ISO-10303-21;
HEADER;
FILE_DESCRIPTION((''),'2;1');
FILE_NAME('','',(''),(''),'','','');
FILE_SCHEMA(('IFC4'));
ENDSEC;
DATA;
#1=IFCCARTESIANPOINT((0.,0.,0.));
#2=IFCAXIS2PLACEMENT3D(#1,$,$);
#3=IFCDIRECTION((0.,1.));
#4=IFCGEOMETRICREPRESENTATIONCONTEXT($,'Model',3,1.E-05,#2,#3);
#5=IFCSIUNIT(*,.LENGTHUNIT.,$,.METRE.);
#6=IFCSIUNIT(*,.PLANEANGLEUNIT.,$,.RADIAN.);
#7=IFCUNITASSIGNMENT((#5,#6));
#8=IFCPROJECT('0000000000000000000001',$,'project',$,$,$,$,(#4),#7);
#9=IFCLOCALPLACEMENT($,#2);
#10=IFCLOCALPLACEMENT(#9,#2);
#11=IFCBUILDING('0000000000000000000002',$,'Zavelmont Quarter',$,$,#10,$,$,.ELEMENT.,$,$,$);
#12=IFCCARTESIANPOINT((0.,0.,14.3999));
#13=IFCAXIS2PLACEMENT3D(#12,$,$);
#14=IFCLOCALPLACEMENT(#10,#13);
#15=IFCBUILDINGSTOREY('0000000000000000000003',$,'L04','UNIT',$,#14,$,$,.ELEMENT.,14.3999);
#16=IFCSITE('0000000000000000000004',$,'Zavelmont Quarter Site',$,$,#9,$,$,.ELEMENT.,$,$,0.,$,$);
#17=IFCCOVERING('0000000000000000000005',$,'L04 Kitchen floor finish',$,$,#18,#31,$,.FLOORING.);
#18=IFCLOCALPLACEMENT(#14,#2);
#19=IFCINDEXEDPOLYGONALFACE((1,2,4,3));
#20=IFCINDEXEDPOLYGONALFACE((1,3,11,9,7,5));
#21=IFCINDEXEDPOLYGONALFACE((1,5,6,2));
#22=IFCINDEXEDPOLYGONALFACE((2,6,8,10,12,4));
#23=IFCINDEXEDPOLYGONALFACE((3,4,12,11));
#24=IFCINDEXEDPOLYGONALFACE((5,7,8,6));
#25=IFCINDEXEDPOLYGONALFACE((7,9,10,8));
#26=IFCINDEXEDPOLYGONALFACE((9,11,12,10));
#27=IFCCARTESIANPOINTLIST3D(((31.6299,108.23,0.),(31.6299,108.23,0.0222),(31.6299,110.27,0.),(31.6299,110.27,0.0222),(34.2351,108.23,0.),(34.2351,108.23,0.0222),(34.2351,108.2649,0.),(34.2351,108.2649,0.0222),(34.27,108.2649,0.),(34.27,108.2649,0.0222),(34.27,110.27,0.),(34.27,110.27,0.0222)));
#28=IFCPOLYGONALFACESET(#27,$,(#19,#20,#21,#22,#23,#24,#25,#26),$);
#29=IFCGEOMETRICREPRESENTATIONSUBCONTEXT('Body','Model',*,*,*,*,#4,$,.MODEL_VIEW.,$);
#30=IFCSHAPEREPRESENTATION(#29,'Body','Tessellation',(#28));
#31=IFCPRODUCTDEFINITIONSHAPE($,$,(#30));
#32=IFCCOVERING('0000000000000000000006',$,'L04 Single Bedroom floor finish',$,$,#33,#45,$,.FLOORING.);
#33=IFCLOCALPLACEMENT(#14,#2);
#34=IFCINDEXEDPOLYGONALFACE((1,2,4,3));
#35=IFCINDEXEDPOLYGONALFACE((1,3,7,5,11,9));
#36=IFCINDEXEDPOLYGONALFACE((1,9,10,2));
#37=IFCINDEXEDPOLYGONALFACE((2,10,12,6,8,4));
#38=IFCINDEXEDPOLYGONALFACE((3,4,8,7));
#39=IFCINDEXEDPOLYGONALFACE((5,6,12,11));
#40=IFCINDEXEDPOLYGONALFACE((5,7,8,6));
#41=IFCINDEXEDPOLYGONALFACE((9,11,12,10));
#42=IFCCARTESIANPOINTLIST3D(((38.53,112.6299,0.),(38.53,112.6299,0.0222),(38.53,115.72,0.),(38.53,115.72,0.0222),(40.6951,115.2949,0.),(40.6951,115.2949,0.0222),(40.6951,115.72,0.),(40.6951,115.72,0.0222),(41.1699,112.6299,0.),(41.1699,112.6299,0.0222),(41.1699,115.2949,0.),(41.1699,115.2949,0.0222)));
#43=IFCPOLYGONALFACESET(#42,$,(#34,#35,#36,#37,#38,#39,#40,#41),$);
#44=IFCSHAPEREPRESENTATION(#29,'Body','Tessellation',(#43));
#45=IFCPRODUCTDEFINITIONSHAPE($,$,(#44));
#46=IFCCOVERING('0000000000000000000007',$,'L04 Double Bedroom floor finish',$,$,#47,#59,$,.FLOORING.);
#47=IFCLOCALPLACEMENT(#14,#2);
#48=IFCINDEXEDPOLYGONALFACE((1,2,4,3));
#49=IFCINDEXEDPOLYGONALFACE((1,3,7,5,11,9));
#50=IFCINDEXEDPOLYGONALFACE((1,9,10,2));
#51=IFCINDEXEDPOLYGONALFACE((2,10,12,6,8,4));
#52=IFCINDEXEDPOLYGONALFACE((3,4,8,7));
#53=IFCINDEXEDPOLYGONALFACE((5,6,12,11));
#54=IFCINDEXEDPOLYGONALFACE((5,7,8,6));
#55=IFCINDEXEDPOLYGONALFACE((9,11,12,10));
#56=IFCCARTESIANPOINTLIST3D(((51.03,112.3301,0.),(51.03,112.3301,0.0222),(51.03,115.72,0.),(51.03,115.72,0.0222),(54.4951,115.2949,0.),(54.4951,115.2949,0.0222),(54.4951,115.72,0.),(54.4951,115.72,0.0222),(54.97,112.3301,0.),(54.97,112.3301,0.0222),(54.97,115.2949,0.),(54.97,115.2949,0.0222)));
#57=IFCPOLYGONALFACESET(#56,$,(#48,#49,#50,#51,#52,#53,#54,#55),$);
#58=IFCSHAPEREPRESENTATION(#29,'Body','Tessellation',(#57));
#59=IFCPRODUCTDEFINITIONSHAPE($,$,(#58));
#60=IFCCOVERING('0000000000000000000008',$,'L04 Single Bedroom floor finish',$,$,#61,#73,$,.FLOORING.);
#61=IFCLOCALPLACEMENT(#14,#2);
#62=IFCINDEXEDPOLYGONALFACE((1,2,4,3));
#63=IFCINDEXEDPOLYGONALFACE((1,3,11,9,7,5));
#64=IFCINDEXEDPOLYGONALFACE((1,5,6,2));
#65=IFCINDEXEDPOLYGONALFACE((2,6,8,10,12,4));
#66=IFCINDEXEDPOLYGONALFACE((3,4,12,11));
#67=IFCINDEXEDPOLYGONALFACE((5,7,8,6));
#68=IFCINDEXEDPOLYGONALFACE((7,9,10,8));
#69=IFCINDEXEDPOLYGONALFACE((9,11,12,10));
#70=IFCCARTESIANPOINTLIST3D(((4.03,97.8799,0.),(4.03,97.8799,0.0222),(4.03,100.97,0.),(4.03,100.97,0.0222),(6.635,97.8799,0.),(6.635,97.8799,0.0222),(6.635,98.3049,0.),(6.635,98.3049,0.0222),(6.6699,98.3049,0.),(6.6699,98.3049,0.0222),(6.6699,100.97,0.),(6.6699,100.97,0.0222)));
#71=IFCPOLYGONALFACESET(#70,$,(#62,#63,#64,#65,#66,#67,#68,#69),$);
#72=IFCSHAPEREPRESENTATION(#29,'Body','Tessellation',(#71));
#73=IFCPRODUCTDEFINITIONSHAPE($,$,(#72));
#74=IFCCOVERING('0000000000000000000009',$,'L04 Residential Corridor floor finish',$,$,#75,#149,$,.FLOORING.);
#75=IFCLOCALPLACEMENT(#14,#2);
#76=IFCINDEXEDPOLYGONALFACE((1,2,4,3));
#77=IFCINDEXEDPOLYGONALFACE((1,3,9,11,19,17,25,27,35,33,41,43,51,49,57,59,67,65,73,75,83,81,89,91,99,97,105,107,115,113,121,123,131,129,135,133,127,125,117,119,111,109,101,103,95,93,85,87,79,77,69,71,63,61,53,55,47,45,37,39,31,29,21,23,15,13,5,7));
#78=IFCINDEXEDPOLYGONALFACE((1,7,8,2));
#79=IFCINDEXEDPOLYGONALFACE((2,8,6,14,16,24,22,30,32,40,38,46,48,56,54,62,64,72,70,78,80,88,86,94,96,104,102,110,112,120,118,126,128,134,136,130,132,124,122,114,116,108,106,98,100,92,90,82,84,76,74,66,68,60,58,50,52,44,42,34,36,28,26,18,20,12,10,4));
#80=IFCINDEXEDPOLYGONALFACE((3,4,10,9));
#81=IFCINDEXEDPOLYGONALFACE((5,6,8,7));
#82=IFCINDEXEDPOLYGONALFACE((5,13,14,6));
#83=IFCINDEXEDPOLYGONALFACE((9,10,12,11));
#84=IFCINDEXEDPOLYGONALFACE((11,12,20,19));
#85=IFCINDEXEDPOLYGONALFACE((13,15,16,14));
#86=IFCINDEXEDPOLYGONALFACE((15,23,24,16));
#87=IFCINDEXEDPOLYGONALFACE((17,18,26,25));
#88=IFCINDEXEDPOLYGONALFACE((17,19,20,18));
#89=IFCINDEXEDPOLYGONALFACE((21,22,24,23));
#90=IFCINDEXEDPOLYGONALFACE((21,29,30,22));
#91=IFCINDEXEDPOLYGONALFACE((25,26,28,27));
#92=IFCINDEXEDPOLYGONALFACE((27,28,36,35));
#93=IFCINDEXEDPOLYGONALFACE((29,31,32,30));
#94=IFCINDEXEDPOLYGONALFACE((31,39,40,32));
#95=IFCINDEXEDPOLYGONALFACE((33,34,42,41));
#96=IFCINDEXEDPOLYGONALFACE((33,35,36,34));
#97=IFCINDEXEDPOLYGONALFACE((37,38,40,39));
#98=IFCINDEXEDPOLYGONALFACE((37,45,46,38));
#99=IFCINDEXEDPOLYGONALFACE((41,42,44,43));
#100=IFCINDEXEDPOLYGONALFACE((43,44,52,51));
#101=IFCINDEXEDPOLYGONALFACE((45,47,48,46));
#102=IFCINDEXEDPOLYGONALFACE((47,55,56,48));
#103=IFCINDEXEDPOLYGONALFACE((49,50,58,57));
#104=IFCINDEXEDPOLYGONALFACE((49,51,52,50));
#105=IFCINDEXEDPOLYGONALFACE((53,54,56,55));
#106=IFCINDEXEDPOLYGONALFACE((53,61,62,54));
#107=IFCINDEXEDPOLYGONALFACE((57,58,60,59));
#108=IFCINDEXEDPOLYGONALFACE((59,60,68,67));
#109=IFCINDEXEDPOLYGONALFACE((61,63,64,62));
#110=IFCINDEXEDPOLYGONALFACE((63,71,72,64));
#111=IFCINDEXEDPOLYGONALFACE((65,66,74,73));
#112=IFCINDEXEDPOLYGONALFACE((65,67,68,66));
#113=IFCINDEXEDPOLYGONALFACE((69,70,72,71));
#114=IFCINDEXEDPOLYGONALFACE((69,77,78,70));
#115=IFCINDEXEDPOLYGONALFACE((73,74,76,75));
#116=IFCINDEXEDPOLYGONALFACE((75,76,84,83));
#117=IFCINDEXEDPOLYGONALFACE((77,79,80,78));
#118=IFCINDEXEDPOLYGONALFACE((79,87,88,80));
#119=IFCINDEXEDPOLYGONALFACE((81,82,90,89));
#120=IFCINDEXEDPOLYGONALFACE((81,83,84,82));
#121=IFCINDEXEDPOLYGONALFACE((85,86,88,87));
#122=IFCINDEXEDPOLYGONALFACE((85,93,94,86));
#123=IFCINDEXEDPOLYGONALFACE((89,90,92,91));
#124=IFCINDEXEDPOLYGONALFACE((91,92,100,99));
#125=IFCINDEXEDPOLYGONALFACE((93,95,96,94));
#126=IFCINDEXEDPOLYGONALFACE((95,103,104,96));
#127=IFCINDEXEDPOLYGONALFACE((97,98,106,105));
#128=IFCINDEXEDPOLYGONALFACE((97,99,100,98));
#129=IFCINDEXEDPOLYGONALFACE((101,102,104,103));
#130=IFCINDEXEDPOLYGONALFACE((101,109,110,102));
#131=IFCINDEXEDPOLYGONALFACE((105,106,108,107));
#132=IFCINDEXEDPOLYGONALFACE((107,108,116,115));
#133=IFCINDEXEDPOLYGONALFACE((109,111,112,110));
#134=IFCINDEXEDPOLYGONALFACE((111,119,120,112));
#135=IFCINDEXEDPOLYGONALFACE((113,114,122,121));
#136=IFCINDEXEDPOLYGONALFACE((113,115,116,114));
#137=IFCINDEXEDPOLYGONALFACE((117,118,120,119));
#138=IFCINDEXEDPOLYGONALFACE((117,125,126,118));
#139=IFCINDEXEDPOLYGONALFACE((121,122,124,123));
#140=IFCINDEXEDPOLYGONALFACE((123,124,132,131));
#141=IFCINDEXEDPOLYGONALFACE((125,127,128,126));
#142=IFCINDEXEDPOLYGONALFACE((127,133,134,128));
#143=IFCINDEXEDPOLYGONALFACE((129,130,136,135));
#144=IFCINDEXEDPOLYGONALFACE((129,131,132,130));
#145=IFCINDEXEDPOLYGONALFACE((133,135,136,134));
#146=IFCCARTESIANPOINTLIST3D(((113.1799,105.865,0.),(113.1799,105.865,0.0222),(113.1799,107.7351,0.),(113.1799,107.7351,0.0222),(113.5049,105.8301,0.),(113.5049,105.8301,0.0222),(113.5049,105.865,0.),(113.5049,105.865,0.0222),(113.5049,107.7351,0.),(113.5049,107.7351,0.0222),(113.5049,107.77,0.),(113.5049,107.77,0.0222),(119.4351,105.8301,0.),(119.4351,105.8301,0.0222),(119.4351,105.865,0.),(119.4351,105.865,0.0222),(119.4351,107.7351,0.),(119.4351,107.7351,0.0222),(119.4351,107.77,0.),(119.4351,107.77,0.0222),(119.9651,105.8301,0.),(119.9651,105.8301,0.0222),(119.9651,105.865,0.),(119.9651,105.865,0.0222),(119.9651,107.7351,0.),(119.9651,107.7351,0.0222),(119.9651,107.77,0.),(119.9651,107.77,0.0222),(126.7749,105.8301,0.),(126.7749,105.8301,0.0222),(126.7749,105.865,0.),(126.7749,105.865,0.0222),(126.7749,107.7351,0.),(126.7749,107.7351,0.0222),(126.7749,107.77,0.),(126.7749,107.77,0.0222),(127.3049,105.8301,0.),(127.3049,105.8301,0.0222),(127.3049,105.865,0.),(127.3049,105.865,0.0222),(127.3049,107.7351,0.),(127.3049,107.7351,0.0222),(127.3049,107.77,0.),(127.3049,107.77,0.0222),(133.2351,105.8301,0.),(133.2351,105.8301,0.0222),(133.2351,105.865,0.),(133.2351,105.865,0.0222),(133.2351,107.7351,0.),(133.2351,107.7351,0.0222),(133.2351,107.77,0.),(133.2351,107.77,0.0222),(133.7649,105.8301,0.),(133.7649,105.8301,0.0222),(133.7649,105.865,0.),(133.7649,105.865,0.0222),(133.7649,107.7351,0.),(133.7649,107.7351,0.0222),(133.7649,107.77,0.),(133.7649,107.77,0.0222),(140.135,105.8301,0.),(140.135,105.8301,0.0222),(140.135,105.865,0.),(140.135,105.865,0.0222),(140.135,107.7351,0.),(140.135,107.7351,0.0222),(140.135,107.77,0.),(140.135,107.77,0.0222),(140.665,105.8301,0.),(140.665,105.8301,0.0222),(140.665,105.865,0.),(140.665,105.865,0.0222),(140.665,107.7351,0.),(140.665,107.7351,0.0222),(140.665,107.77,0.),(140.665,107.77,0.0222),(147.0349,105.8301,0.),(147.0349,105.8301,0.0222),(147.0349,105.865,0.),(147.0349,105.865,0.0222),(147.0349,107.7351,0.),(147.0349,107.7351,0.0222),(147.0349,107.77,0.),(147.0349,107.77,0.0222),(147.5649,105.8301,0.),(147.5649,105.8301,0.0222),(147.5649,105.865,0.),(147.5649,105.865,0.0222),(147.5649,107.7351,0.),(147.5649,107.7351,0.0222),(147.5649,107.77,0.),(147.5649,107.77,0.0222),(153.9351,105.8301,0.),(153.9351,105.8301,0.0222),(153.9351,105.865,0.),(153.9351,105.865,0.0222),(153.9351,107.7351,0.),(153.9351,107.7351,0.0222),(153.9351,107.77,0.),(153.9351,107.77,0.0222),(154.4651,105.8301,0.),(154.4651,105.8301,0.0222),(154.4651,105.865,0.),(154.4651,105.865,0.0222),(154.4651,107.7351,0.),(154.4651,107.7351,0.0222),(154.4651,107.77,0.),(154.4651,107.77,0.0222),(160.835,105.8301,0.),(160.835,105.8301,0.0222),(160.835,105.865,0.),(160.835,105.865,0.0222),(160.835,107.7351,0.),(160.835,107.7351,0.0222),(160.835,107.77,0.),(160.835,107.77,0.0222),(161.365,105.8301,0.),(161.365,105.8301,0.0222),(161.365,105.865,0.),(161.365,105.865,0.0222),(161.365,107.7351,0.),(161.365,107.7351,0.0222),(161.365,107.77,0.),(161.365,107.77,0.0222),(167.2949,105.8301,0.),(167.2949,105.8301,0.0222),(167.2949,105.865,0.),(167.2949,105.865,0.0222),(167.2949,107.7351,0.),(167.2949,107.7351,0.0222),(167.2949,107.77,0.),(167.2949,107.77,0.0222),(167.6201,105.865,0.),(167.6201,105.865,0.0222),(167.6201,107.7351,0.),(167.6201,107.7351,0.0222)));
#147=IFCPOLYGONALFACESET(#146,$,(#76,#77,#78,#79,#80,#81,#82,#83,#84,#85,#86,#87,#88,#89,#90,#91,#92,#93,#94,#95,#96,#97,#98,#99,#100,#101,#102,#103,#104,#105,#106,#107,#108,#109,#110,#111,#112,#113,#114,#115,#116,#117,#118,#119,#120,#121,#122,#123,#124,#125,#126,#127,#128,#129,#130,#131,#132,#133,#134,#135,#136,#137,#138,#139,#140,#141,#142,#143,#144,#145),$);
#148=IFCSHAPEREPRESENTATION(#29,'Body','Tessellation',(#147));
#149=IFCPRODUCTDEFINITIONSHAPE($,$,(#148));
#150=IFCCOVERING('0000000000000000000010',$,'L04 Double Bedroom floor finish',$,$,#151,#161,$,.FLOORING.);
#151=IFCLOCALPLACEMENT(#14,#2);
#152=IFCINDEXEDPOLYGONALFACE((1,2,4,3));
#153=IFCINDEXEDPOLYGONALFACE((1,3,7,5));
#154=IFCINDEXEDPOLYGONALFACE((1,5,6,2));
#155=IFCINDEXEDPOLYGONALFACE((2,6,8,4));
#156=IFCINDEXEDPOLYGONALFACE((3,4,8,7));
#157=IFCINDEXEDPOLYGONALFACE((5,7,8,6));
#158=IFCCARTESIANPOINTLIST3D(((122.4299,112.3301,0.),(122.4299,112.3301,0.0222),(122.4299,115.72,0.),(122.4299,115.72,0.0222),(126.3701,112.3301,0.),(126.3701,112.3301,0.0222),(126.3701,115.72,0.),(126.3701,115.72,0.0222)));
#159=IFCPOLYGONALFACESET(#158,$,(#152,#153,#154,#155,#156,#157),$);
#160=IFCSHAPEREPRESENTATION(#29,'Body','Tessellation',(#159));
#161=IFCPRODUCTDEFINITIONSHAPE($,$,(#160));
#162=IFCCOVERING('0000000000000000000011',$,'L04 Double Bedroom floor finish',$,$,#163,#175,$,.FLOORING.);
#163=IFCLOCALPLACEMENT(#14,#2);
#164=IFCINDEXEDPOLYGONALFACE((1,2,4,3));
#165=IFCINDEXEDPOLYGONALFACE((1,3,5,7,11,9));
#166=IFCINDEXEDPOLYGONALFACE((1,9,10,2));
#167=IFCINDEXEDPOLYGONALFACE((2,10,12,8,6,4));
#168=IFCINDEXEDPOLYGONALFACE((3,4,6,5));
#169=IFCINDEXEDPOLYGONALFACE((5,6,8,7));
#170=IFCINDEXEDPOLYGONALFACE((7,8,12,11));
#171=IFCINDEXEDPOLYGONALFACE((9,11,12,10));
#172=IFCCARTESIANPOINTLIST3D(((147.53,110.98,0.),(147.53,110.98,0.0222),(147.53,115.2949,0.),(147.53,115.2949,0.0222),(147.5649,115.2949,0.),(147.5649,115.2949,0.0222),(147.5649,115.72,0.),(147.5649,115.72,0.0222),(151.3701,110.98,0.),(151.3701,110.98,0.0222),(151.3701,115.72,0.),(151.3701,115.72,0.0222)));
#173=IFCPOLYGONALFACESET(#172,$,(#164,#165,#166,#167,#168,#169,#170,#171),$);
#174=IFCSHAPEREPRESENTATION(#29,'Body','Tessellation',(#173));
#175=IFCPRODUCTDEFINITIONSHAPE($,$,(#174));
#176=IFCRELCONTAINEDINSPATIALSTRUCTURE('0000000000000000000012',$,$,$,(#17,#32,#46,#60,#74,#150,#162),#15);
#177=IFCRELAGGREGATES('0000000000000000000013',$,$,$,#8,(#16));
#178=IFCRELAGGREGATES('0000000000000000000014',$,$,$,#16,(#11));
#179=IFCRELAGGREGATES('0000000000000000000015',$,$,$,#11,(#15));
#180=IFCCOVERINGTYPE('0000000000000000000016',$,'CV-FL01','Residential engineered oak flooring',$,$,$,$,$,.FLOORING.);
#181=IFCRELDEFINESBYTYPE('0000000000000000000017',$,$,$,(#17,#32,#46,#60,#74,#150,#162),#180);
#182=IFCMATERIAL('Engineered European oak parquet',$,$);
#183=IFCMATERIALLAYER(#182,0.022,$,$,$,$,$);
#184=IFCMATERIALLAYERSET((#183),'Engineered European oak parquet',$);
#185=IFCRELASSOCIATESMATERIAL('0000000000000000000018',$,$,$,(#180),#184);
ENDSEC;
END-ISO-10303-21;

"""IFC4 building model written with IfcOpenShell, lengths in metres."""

from ifc_helpers import new_model, si_unit, direction, frame, origin, place, context, subcontext, project, spatial, polyline, outline, extrude, material, layer, layer_set, type_object, element, save


model = new_model("IFC4")

# Units and contexts
model_context = context("Model", 3, precision=1e-05, world=origin(), true_north=direction((0.0, 1.0)))
body_context = subcontext(model_context, "Body", "Model", "MODEL_VIEW")
ifc_project = project(units=[si_unit("LENGTHUNIT", "METRE"), si_unit("PLANEANGLEUNIT", "RADIAN")], contexts=[model_context])

# Site, building, storey
site_placement = place(None, origin())
site = spatial("IfcSite", under=ifc_project, at=site_placement, Name="Zavelmont Quarter Site", CompositionType="ELEMENT", RefElevation=0.0)
building_placement = place(site_placement, origin())
building = spatial("IfcBuilding", under=site, at=building_placement, Name="Zavelmont Quarter", CompositionType="ELEMENT")
storey_placement = place(building_placement, frame((0.0, 0.0, 14.3999)))
storey = spatial("IfcBuildingStorey", under=building, at=storey_placement, Name="L04", Description="UNIT", CompositionType="ELEMENT", Elevation=14.3999)

# Coverings
ifc_material_1 = material(Name="Engineered European oak parquet")
ifc_layer_1 = layer(ifc_material_1, 0.022)
ifc_layer_set_1 = layer_set([ifc_layer_1], Name="Engineered European oak parquet")
covering_type_1 = type_object("IfcCoveringType", Name="CV-FL01", Description="Residential engineered oak flooring", PredefinedType="FLOORING", material=ifc_layer_set_1)
covering_1_placement = place(storey_placement, origin())
element("IfcCovering", 1, at=covering_1_placement, inside=storey, type_object=covering_type_1, Name="L04 Kitchen floor finish", PredefinedType="FLOORING", context=body_context, shape_type="SweptSolid", body=[
    extrude(outline(polyline([(31.6299, 110.27), (34.27, 110.27), (34.27, 108.2649), (34.2351, 108.2649), (34.2351, 108.23), (31.6299, 108.23), (31.6299, 110.27)])), origin(), (0.0, 0.0, 1.0), 0.0222),
])
covering_2_placement = place(storey_placement, origin())
element("IfcCovering", 2, at=covering_2_placement, inside=storey, type_object=covering_type_1, Name="L04 Single Bedroom floor finish", PredefinedType="FLOORING", context=body_context, shape_type="SweptSolid", body=[
    extrude(outline(polyline([(38.53, 115.72), (40.6951, 115.72), (40.6951, 115.2949), (41.1699, 115.2949), (41.1699, 112.6299), (38.53, 112.6299), (38.53, 115.72)])), origin(), (0.0, 0.0, 1.0), 0.0222),
])
covering_3_placement = place(storey_placement, origin())
element("IfcCovering", 3, at=covering_3_placement, inside=storey, type_object=covering_type_1, Name="L04 Double Bedroom floor finish", PredefinedType="FLOORING", context=body_context, shape_type="SweptSolid", body=[
    extrude(outline(polyline([(51.03, 115.72), (54.4951, 115.72), (54.4951, 115.2949), (54.97, 115.2949), (54.97, 112.3301), (51.03, 112.3301), (51.03, 115.72)])), origin(), (0.0, 0.0, 1.0), 0.0222),
])
covering_4_placement = place(storey_placement, origin())
element("IfcCovering", 4, at=covering_4_placement, inside=storey, type_object=covering_type_1, Name="L04 Single Bedroom floor finish", PredefinedType="FLOORING", context=body_context, shape_type="SweptSolid", body=[
    extrude(outline(polyline([(4.03, 100.97), (6.6699, 100.97), (6.6699, 98.3049), (6.635, 98.3049), (6.635, 97.8799), (4.03, 97.8799), (4.03, 100.97)])), origin(), (0.0, 0.0, 1.0), 0.0222),
])
covering_5_placement = place(storey_placement, origin())
element("IfcCovering", 5, at=covering_5_placement, inside=storey, type_object=covering_type_1, Name="L04 Residential Corridor floor finish", PredefinedType="FLOORING", context=body_context, shape_type="SweptSolid", body=[
    extrude(outline(polyline([(113.1799, 107.7351), (113.5049, 107.7351), (113.5049, 107.77), (119.4351, 107.77), (119.4351, 107.7351), (119.9651, 107.7351), (119.9651, 107.77), (126.7749, 107.77), (126.7749, 107.7351), (127.3049, 107.7351), (127.3049, 107.77), (133.2351, 107.77), (133.2351, 107.7351), (133.7649, 107.7351), (133.7649, 107.77), (140.135, 107.77), (140.135, 107.7351), (140.665, 107.7351), (140.665, 107.77), (147.0349, 107.77), (147.0349, 107.7351), (147.5649, 107.7351), (147.5649, 107.77), (153.9351, 107.77), (153.9351, 107.7351), (154.4651, 107.7351), (154.4651, 107.77), (160.835, 107.77), (160.835, 107.7351), (161.365, 107.7351), (161.365, 107.77), (167.2949, 107.77), (167.2949, 107.7351), (167.6201, 107.7351), (167.6201, 105.865), (167.2949, 105.865), (167.2949, 105.8301), (161.365, 105.8301), (161.365, 105.865), (160.835, 105.865), (160.835, 105.8301), (154.4651, 105.8301), (154.4651, 105.865), (153.9351, 105.865), (153.9351, 105.8301), (147.5649, 105.8301), (147.5649, 105.865), (147.0349, 105.865), (147.0349, 105.8301), (140.665, 105.8301), (140.665, 105.865), (140.135, 105.865), (140.135, 105.8301), (133.7649, 105.8301), (133.7649, 105.865), (133.2351, 105.865), (133.2351, 105.8301), (127.3049, 105.8301), (127.3049, 105.865), (126.7749, 105.865), (126.7749, 105.8301), (119.9651, 105.8301), (119.9651, 105.865), (119.4351, 105.865), (119.4351, 105.8301), (113.5049, 105.8301), (113.5049, 105.865), (113.1799, 105.865), (113.1799, 107.7351)])), origin(), (0.0, 0.0, 1.0), 0.0222),
])
covering_6_placement = place(storey_placement, origin())
element("IfcCovering", 6, at=covering_6_placement, inside=storey, type_object=covering_type_1, Name="L04 Double Bedroom floor finish", PredefinedType="FLOORING", context=body_context, shape_type="SweptSolid", body=[
    extrude(outline(polyline([(122.4299, 115.72), (126.3701, 115.72), (126.3701, 112.3301), (122.4299, 112.3301), (122.4299, 115.72)])), origin(), (0.0, 0.0, 1.0), 0.0222),
])
covering_7_placement = place(storey_placement, origin())
element("IfcCovering", 7, at=covering_7_placement, inside=storey, type_object=covering_type_1, Name="L04 Double Bedroom floor finish", PredefinedType="FLOORING", context=body_context, shape_type="SweptSolid", body=[
    extrude(outline(polyline([(147.53, 115.2949), (147.5649, 115.2949), (147.5649, 115.72), (151.3701, 115.72), (151.3701, 110.98), (147.53, 110.98), (147.53, 115.2949)])), origin(), (0.0, 0.0, 1.0), 0.0222),
])

save(model, "model.ifc")
